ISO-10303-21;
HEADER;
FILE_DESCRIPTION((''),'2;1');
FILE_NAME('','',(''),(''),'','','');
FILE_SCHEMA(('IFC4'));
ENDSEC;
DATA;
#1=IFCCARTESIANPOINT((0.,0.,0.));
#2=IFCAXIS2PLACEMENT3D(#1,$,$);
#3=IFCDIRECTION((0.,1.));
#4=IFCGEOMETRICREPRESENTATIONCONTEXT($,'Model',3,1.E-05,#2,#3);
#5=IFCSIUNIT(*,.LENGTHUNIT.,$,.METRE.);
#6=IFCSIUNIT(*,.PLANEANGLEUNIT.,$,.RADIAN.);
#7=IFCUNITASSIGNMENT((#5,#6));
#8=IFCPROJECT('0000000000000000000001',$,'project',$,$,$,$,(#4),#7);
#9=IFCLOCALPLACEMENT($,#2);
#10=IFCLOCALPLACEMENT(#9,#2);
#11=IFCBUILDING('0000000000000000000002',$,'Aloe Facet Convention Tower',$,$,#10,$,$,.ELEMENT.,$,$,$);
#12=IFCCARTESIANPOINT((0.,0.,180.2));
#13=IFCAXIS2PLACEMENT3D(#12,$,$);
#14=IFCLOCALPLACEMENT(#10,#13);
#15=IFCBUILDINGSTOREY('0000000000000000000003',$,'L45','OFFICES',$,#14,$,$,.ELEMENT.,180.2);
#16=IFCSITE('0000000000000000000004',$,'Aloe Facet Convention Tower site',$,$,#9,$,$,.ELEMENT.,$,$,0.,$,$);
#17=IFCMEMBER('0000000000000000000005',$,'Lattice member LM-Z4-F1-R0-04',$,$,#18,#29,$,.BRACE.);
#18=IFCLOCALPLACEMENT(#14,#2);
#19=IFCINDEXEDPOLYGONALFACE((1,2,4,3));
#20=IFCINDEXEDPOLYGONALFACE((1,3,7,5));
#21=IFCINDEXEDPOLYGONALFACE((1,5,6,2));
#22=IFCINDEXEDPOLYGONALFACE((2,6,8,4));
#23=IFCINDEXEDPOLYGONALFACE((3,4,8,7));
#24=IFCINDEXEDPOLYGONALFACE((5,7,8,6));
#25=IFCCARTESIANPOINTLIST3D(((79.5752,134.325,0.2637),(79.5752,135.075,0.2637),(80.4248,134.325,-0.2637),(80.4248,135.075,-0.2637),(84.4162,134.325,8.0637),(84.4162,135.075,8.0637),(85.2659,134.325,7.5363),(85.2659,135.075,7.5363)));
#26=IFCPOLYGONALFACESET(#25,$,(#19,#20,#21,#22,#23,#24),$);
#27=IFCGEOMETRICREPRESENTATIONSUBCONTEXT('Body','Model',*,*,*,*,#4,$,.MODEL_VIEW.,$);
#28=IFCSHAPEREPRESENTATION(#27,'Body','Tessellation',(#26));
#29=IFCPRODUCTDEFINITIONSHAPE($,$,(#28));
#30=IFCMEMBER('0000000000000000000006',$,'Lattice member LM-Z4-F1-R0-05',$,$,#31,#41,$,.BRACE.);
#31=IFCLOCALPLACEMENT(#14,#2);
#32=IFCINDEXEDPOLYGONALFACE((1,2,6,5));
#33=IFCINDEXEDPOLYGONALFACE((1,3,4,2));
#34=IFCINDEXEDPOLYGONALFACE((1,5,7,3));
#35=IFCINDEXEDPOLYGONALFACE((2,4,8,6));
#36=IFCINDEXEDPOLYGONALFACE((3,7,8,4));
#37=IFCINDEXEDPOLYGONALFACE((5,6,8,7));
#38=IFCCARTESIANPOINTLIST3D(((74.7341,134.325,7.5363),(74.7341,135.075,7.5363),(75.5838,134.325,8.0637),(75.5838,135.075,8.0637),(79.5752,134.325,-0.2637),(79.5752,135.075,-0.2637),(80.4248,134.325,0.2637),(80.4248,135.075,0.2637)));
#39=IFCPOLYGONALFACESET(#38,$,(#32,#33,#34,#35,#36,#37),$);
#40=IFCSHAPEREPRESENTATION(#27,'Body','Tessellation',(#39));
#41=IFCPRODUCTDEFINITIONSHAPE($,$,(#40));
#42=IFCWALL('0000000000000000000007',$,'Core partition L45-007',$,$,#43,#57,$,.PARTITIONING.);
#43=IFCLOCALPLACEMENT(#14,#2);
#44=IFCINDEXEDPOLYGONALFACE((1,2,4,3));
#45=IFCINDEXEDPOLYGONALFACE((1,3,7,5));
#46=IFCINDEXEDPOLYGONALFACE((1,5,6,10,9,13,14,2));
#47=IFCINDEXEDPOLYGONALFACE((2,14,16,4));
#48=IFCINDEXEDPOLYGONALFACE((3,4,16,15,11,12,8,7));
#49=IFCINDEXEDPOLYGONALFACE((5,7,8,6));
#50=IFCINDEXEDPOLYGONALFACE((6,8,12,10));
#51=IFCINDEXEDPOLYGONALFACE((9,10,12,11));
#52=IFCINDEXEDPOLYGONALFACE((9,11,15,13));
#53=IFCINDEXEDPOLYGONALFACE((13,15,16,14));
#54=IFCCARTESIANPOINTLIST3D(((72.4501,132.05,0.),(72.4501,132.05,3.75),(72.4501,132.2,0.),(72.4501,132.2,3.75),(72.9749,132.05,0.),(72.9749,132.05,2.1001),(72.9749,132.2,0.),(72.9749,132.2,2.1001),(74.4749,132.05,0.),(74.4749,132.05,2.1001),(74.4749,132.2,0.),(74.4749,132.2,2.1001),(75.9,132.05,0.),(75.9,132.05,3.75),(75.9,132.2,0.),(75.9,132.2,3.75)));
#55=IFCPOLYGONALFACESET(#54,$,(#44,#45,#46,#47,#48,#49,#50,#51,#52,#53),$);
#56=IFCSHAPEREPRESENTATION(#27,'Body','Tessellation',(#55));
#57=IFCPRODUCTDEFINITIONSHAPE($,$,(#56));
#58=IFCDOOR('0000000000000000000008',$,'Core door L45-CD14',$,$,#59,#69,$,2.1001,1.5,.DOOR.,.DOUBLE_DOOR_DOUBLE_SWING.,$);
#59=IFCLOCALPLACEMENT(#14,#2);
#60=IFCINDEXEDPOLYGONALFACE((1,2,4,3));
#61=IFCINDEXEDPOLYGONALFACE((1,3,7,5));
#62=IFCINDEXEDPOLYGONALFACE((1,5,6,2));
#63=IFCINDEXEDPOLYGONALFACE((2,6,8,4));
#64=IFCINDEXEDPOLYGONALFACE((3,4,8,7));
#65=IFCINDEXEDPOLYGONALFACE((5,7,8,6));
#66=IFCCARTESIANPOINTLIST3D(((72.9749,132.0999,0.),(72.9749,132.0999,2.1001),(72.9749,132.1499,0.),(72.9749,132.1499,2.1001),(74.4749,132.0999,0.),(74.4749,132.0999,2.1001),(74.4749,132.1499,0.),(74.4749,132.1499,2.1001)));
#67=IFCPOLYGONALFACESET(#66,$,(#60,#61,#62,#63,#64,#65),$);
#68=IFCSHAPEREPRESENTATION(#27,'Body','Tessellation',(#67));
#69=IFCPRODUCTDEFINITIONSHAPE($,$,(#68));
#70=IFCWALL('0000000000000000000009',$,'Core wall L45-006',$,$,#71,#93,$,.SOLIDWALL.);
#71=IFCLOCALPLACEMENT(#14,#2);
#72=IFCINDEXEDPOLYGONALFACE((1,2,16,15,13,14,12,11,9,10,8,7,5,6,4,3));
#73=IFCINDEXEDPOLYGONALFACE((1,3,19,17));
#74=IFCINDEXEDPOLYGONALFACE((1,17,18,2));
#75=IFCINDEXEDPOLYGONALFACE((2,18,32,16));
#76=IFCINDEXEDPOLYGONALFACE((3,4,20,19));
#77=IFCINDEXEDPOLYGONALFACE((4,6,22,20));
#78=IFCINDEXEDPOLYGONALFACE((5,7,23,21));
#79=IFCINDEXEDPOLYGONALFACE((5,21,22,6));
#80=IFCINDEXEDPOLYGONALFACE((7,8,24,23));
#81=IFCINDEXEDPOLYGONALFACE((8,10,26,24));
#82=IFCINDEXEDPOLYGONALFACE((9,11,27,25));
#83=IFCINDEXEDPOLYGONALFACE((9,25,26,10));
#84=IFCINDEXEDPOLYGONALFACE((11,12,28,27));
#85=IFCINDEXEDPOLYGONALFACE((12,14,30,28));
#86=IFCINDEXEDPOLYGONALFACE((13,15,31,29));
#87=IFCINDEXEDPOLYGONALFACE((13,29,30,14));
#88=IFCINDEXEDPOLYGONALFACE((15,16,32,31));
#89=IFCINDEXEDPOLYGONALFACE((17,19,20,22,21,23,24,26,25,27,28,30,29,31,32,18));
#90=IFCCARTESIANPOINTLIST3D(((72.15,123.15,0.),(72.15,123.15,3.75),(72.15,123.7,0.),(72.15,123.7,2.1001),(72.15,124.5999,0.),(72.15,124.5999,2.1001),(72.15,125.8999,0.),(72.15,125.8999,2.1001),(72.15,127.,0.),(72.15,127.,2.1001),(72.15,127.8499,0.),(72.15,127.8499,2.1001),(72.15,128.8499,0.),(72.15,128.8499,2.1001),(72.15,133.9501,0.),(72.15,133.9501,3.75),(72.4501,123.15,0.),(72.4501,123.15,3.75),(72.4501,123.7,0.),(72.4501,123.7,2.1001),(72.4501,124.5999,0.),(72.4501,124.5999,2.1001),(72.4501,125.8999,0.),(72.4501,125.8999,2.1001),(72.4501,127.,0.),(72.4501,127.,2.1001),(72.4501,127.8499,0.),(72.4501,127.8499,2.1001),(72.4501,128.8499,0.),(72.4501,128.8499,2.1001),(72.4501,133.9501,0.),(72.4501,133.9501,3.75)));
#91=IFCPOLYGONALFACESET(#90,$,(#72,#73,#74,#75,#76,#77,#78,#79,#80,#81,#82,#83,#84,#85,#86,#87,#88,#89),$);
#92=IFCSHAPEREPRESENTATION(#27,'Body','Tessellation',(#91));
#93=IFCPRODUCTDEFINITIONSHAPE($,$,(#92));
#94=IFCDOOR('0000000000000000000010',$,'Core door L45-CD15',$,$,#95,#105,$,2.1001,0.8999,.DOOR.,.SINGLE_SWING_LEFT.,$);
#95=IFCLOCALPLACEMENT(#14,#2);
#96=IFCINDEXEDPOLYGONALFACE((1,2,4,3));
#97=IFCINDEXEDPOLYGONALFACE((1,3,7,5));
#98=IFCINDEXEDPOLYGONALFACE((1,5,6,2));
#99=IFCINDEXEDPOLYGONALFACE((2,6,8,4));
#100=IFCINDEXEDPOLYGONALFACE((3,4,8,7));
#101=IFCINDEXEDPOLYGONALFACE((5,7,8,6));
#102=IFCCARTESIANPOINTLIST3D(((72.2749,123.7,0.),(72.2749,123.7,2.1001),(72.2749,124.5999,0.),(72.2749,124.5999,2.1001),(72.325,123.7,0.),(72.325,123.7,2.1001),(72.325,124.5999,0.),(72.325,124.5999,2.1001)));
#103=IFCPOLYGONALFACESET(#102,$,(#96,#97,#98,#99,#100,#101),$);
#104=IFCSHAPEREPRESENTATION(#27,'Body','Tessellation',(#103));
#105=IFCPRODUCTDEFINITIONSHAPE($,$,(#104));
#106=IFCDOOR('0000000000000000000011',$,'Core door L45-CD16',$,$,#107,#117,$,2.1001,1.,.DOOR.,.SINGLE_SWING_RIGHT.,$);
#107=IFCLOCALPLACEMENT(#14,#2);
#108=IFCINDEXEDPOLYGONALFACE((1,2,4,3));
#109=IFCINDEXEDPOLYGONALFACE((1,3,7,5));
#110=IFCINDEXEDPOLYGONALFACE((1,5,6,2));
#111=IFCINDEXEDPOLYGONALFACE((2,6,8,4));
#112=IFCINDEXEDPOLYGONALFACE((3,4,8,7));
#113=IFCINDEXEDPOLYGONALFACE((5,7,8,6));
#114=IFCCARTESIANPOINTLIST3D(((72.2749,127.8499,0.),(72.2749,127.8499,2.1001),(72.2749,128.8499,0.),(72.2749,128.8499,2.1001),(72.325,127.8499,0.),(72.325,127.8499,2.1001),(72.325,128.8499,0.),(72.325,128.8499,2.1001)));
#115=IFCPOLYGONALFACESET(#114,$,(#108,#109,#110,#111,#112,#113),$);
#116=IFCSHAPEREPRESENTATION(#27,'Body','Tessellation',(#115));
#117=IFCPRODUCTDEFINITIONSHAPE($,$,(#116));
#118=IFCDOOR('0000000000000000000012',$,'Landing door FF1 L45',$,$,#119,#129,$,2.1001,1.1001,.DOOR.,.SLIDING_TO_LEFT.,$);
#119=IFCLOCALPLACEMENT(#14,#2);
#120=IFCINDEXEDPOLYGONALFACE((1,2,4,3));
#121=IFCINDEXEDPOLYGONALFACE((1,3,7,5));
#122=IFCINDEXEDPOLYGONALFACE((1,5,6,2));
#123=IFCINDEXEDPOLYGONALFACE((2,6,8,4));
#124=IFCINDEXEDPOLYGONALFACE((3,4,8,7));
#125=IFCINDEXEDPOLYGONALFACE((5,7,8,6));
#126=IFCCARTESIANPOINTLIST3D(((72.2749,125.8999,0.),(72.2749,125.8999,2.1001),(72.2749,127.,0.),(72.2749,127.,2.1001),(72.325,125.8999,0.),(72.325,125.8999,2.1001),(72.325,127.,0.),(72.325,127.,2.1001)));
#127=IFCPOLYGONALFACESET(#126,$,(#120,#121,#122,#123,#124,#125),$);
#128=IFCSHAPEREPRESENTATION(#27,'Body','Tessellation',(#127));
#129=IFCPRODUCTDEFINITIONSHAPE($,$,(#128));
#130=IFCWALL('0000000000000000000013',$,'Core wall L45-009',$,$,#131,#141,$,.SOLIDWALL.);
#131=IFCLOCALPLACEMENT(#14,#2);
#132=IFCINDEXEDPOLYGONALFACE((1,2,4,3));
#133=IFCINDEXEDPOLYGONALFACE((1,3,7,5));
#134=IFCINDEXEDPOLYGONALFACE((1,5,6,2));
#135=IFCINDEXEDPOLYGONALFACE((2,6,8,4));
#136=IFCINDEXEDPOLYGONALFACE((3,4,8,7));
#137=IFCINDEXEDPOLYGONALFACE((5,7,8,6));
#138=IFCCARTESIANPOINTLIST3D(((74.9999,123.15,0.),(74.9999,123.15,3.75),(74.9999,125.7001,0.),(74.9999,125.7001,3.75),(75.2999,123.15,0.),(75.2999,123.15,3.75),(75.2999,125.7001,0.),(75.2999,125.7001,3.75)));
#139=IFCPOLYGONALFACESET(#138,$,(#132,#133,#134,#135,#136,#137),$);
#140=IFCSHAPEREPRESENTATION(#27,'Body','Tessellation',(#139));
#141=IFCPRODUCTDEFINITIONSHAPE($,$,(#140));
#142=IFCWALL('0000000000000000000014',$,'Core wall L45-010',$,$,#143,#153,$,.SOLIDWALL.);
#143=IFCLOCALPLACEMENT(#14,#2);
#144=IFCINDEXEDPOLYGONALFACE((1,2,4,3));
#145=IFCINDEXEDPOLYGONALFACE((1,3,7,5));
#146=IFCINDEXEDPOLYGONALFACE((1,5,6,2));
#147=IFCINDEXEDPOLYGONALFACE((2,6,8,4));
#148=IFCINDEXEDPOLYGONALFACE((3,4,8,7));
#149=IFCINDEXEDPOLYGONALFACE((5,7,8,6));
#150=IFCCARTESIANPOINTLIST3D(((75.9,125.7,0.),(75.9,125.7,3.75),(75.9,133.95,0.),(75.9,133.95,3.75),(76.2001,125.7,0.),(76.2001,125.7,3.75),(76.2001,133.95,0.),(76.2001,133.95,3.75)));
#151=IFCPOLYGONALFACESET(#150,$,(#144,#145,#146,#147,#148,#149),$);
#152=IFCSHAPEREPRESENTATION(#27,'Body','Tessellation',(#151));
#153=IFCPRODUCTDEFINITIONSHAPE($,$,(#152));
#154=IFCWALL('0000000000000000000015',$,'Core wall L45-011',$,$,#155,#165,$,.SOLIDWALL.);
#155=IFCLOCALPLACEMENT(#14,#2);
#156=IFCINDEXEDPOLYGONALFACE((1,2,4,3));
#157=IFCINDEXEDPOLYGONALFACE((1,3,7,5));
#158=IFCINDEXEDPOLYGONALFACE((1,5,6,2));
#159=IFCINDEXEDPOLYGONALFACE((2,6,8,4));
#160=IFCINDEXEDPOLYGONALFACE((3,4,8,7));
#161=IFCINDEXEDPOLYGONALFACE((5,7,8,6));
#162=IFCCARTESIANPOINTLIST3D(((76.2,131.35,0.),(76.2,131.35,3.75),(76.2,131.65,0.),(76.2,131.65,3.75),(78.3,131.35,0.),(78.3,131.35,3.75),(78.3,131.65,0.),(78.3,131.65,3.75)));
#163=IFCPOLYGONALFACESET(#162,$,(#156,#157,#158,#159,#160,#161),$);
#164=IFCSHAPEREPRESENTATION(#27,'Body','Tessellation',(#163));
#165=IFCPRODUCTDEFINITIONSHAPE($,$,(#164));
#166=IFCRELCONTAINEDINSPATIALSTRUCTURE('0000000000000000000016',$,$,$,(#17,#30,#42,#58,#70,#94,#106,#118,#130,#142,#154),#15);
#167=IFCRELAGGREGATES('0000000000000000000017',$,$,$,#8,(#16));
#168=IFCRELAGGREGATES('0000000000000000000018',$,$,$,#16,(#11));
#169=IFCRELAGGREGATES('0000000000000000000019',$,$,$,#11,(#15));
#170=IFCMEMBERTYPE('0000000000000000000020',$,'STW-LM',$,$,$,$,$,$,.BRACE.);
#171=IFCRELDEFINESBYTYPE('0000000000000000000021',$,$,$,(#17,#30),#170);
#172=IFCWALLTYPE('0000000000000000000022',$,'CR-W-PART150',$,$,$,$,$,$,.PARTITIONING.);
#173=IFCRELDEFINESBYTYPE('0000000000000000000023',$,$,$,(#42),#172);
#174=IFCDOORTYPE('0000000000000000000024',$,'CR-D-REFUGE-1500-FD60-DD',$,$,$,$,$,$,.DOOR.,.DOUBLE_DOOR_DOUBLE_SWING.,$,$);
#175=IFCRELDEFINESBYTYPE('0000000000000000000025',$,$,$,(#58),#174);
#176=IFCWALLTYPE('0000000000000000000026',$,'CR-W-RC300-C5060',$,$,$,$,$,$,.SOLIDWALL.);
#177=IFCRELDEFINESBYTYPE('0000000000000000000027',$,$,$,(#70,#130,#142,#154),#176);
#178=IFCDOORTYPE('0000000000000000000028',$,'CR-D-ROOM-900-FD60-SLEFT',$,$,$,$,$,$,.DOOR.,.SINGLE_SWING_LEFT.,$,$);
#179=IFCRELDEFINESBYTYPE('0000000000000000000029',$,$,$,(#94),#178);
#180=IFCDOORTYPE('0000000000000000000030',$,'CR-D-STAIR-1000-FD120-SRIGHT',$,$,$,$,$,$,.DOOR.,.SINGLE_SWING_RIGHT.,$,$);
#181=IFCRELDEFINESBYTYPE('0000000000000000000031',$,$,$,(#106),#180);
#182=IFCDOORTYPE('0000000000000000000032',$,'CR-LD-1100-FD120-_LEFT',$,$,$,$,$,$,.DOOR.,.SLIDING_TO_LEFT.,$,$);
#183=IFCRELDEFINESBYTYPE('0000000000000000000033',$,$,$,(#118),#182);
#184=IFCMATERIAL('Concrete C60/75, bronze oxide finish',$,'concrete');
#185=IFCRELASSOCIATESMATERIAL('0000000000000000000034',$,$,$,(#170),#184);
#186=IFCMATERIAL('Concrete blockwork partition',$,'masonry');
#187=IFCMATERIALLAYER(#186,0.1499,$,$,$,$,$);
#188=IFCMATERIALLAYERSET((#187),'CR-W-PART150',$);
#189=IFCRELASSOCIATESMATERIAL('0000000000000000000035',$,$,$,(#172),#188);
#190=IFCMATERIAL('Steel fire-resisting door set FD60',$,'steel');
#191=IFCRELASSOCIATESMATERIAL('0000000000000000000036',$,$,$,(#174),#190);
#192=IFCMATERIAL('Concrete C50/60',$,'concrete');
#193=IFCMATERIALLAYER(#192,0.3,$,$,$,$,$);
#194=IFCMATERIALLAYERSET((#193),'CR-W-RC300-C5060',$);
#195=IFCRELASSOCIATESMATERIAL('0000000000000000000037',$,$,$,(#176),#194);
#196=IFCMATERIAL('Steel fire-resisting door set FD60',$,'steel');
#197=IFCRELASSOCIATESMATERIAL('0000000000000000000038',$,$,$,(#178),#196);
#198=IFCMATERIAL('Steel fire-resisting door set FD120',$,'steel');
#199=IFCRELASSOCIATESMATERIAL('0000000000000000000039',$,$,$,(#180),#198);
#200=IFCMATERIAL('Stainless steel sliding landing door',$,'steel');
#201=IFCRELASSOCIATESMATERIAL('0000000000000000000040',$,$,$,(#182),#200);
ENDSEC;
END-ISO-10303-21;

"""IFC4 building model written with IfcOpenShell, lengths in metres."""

from ifc_helpers import new_model, si_unit, direction, frame, frame_2d, origin, origin_2d, place, context, subcontext, project, spatial, rectangle, extrude, material, layer, layer_set, material_profile, profile_set, type_object, element, fill, save


model = new_model("IFC4")

# Units and contexts
model_context = context("Model", 3, precision=1e-05, world=origin(), true_north=direction((0.0, 1.0)))
body_context = subcontext(model_context, "Body", "Model", "MODEL_VIEW")
ifc_project = project(units=[si_unit("LENGTHUNIT", "METRE"), si_unit("PLANEANGLEUNIT", "RADIAN")], contexts=[model_context])

# Site, building, storey
site_placement = place(None, origin())
site = spatial("IfcSite", under=ifc_project, at=site_placement, Name="Aloe Facet Convention Tower site", CompositionType="ELEMENT", RefElevation=0.0)
building_placement = place(site_placement, origin())
building = spatial("IfcBuilding", under=site, at=building_placement, Name="Aloe Facet Convention Tower", CompositionType="ELEMENT")
storey_placement = place(building_placement, frame((0.0, 0.0, 180.2)))
storey = spatial("IfcBuildingStorey", under=building, at=storey_placement, Name="L45", Description="OFFICES", CompositionType="ELEMENT", Elevation=180.2)

# Members
ifc_material_1 = material(Name="Concrete C60/75, bronze oxide finish", Category="concrete")
ifc_material_profile = material_profile(ifc_material_1, rectangle(XDim=0.75, YDim=1.0, at=origin_2d()), Name="STW-LM")
ifc_profile_set = profile_set([ifc_material_profile], Name="Concrete C60/75, bronze oxide finish")
member_type = type_object("IfcMemberType", Name="STW-LM", PredefinedType="BRACE", material=ifc_profile_set)
for number, where, z_axis, x_axis, name in (
    (1, (80.0, 134.7, 0.0), (0.527336, 0.0, 0.849657), (0.0, 1.0, 0.0), "Lattice member LM-Z4-F1-R0-04"),
    (2, (80.0, 134.7, 0.0), (-0.527336, 0.0, 0.849657), (0.0, -1.0, 0.0), "Lattice member LM-Z4-F1-R0-05"),
):
    element("IfcMember", number, at=place(storey_placement, frame(where, z_axis=z_axis, x_axis=x_axis)), inside=storey, type_object=member_type, Name=name, PredefinedType="BRACE", context=body_context, shape_type="SweptSolid", body=[
        extrude(rectangle(XDim=0.75, YDim=1.0, at=origin_2d()), origin(), (0.0, 0.0, 1.0), 9.1802),
    ])

# Wall, opening, door
ifc_material_2 = material(Name="Concrete blockwork partition", Category="masonry")
ifc_layer_1 = layer(ifc_material_2, 0.1499)
ifc_layer_set_1 = layer_set([ifc_layer_1], Name="CR-W-PART150")
wall_type_1 = type_object("IfcWallType", Name="CR-W-PART150", PredefinedType="PARTITIONING", material=ifc_layer_set_1)
wall_1_placement = place(storey_placement, frame((72.45, 132.125, 0.0), z_axis=(0.0, 0.0, 1.0), x_axis=(1.0, 0.0, 0.0)))
wall_1 = element("IfcWall", 3, at=wall_1_placement, inside=storey, type_object=wall_type_1, Name="Core partition L45-007", PredefinedType="PARTITIONING", context=body_context, shape_type="SweptSolid", body=[
    extrude(rectangle(XDim=3.45, YDim=0.1499, at=frame_2d((1.7251, 0.0))), origin(), (0.0, 0.0, 1.0), 3.75),
])
opening_1_placement = place(wall_1_placement, frame((0.5249, 0.0, 0.0)))
opening_1 = element("IfcOpeningElement", 4, at=opening_1_placement, cuts=wall_1, PredefinedType="OPENING", context=body_context, shape_type="SweptSolid", body=[
    extrude(rectangle(XDim=1.5, YDim=2.1001, at=frame_2d((0.75, 1.05))), frame((0.0, 0.085, 0.0), z_axis=(0.0, -1.0, 0.0), x_axis=(1.0, 0.0, 0.0)), (0.0, 0.0, 1.0), 0.1699),
])
ifc_material_3 = material(Name="Steel fire-resisting door set FD60", Category="steel")
door_type_1 = type_object("IfcDoorType", Name="CR-D-REFUGE-1500-FD60-DD", OperationType="DOUBLE_DOOR_DOUBLE_SWING", PredefinedType="DOOR", material=ifc_material_3)
door_1_placement = place(opening_1_placement, origin())
door_1 = element("IfcDoor", 5, at=door_1_placement, inside=storey, type_object=door_type_1, Name="Core door L45-CD14", OperationType="DOUBLE_DOOR_DOUBLE_SWING", OverallHeight=2.1001, OverallWidth=1.5, PredefinedType="DOOR", context=body_context, shape_type="SweptSolid", body=[
    extrude(rectangle(XDim=1.5, YDim=2.1001, at=frame_2d((0.75, 1.05))), frame((0.0, 0.0249, 0.0), z_axis=(0.0, -1.0, 0.0), x_axis=(1.0, 0.0, 0.0)), (0.0, 0.0, 1.0), 0.05),
])
fill(opening_1, door_1)

# Wall, openings, doors
ifc_material_4 = material(Name="Concrete C50/60", Category="concrete")
ifc_layer_2 = layer(ifc_material_4, 0.3)
ifc_layer_set_2 = layer_set([ifc_layer_2], Name="CR-W-RC300-C5060")
wall_type_2 = type_object("IfcWallType", Name="CR-W-RC300-C5060", PredefinedType="SOLIDWALL", material=ifc_layer_set_2)
wall_2_placement = place(storey_placement, frame((72.3, 133.95, 0.0), z_axis=(0.0, 0.0, 1.0), x_axis=(0.0, -1.0, 0.0)))
wall_2 = element("IfcWall", 6, at=wall_2_placement, inside=storey, type_object=wall_type_2, Name="Core wall L45-006", PredefinedType="SOLIDWALL", context=body_context, shape_type="SweptSolid", body=[
    extrude(rectangle(XDim=10.8, YDim=0.3, at=frame_2d((5.3999, 0.0))), origin(), (0.0, 0.0, 1.0), 3.75),
])
opening_2_placement = place(wall_2_placement, frame((6.95, 0.0, 0.0)))
opening_2 = element("IfcOpeningElement", 7, at=opening_2_placement, cuts=wall_2, PredefinedType="OPENING", context=body_context, shape_type="SweptSolid", body=[
    extrude(rectangle(XDim=1.1001, YDim=2.1001, at=frame_2d((0.55, 1.05))), frame((0.0, 0.1602, 0.0), z_axis=(0.0, -1.0, 0.0), x_axis=(1.0, 0.0, 0.0)), (0.0, 0.0, 1.0), 0.3201),
])
opening_3_placement = place(wall_2_placement, frame((9.3501, 0.0, 0.0)))
opening_3 = element("IfcOpeningElement", 8, at=opening_3_placement, cuts=wall_2, PredefinedType="OPENING", context=body_context, shape_type="SweptSolid", body=[
    extrude(rectangle(XDim=0.8999, YDim=2.1001, at=frame_2d((0.45, 1.05))), frame((0.0, 0.1602, 0.0), z_axis=(0.0, -1.0, 0.0), x_axis=(1.0, 0.0, 0.0)), (0.0, 0.0, 1.0), 0.3201),
])
opening_4_placement = place(wall_2_placement, frame((5.1001, 0.0, 0.0)))
opening_4 = element("IfcOpeningElement", 9, at=opening_4_placement, cuts=wall_2, PredefinedType="OPENING", context=body_context, shape_type="SweptSolid", body=[
    extrude(rectangle(XDim=1.0, YDim=2.1001, at=frame_2d((0.5, 1.05))), frame((0.0, 0.1602, 0.0), z_axis=(0.0, -1.0, 0.0), x_axis=(1.0, 0.0, 0.0)), (0.0, 0.0, 1.0), 0.3201),
])
ifc_material_5 = material(Name="Steel fire-resisting door set FD60", Category="steel")
door_type_2 = type_object("IfcDoorType", Name="CR-D-ROOM-900-FD60-SLEFT", OperationType="SINGLE_SWING_LEFT", PredefinedType="DOOR", material=ifc_material_5)
door_2_placement = place(opening_3_placement, origin())
door_2 = element("IfcDoor", 10, at=door_2_placement, inside=storey, type_object=door_type_2, Name="Core door L45-CD15", OperationType="SINGLE_SWING_LEFT", OverallHeight=2.1001, OverallWidth=0.8999, PredefinedType="DOOR", context=body_context, shape_type="SweptSolid", body=[
    extrude(rectangle(XDim=0.8999, YDim=2.1001, at=frame_2d((0.45, 1.05))), frame((0.0, 0.0249, 0.0), z_axis=(0.0, -1.0, 0.0), x_axis=(1.0, 0.0, 0.0)), (0.0, 0.0, 1.0), 0.05),
])
fill(opening_3, door_2)
ifc_material_6 = material(Name="Steel fire-resisting door set FD120", Category="steel")
door_type_3 = type_object("IfcDoorType", Name="CR-D-STAIR-1000-FD120-SRIGHT", OperationType="SINGLE_SWING_RIGHT", PredefinedType="DOOR", material=ifc_material_6)
door_3_placement = place(opening_4_placement, origin())
door_3 = element("IfcDoor", 11, at=door_3_placement, inside=storey, type_object=door_type_3, Name="Core door L45-CD16", OperationType="SINGLE_SWING_RIGHT", OverallHeight=2.1001, OverallWidth=1.0, PredefinedType="DOOR", context=body_context, shape_type="SweptSolid", body=[
    extrude(rectangle(XDim=1.0, YDim=2.1001, at=frame_2d((0.5, 1.05))), frame((0.0, 0.0249, 0.0), z_axis=(0.0, -1.0, 0.0), x_axis=(1.0, 0.0, 0.0)), (0.0, 0.0, 1.0), 0.05),
])
fill(opening_4, door_3)
ifc_material_7 = material(Name="Stainless steel sliding landing door", Category="steel")
door_type_4 = type_object("IfcDoorType", Name="CR-LD-1100-FD120-_LEFT", OperationType="SLIDING_TO_LEFT", PredefinedType="DOOR", material=ifc_material_7)
door_4_placement = place(opening_2_placement, origin())
door_4 = element("IfcDoor", 12, at=door_4_placement, inside=storey, type_object=door_type_4, Name="Landing door FF1 L45", OperationType="SLIDING_TO_LEFT", OverallHeight=2.1001, OverallWidth=1.1001, PredefinedType="DOOR", context=body_context, shape_type="SweptSolid", body=[
    extrude(rectangle(XDim=1.1001, YDim=2.1001, at=frame_2d((0.55, 1.05))), frame((0.0, 0.0249, 0.0), z_axis=(0.0, -1.0, 0.0), x_axis=(1.0, 0.0, 0.0)), (0.0, 0.0, 1.0), 0.05),
])
fill(opening_2, door_4)

# Walls
wall_3_placement = place(storey_placement, frame((75.1499, 125.7, 0.0), z_axis=(0.0, 0.0, 1.0), x_axis=(0.0, -1.0, 0.0)))
element("IfcWall", 13, at=wall_3_placement, inside=storey, type_object=wall_type_2, Name="Core wall L45-009", PredefinedType="SOLIDWALL", context=body_context, shape_type="SweptSolid", body=[
    extrude(rectangle(XDim=2.55, YDim=0.3, at=frame_2d((1.2749, 0.0))), origin(), (0.0, 0.0, 1.0), 3.75),
])
wall_4_placement = place(storey_placement, frame((76.05, 133.95, 0.0), z_axis=(0.0, 0.0, 1.0), x_axis=(0.0, -1.0, 0.0)))
element("IfcWall", 14, at=wall_4_placement, inside=storey, type_object=wall_type_2, Name="Core wall L45-010", PredefinedType="SOLIDWALL", context=body_context, shape_type="SweptSolid", body=[
    extrude(rectangle(XDim=8.25, YDim=0.3, at=frame_2d((4.125, 0.0))), origin(), (0.0, 0.0, 1.0), 3.75),
])
for number, where, z_axis, x_axis, name in (
    (15, (76.2, 131.5, 0.0), (0.0, 0.0, 1.0), (1.0, 0.0, 0.0), "Core wall L45-011"),
):
    element("IfcWall", number, at=place(storey_placement, frame(where, z_axis=z_axis, x_axis=x_axis)), inside=storey, type_object=wall_type_2, Name=name, PredefinedType="SOLIDWALL", context=body_context, shape_type="SweptSolid", body=[
        extrude(rectangle(XDim=2.1001, YDim=0.3, at=frame_2d((1.05, 0.0))), origin(), (0.0, 0.0, 1.0), 3.75),
    ])

save(model, "model.ifc")
